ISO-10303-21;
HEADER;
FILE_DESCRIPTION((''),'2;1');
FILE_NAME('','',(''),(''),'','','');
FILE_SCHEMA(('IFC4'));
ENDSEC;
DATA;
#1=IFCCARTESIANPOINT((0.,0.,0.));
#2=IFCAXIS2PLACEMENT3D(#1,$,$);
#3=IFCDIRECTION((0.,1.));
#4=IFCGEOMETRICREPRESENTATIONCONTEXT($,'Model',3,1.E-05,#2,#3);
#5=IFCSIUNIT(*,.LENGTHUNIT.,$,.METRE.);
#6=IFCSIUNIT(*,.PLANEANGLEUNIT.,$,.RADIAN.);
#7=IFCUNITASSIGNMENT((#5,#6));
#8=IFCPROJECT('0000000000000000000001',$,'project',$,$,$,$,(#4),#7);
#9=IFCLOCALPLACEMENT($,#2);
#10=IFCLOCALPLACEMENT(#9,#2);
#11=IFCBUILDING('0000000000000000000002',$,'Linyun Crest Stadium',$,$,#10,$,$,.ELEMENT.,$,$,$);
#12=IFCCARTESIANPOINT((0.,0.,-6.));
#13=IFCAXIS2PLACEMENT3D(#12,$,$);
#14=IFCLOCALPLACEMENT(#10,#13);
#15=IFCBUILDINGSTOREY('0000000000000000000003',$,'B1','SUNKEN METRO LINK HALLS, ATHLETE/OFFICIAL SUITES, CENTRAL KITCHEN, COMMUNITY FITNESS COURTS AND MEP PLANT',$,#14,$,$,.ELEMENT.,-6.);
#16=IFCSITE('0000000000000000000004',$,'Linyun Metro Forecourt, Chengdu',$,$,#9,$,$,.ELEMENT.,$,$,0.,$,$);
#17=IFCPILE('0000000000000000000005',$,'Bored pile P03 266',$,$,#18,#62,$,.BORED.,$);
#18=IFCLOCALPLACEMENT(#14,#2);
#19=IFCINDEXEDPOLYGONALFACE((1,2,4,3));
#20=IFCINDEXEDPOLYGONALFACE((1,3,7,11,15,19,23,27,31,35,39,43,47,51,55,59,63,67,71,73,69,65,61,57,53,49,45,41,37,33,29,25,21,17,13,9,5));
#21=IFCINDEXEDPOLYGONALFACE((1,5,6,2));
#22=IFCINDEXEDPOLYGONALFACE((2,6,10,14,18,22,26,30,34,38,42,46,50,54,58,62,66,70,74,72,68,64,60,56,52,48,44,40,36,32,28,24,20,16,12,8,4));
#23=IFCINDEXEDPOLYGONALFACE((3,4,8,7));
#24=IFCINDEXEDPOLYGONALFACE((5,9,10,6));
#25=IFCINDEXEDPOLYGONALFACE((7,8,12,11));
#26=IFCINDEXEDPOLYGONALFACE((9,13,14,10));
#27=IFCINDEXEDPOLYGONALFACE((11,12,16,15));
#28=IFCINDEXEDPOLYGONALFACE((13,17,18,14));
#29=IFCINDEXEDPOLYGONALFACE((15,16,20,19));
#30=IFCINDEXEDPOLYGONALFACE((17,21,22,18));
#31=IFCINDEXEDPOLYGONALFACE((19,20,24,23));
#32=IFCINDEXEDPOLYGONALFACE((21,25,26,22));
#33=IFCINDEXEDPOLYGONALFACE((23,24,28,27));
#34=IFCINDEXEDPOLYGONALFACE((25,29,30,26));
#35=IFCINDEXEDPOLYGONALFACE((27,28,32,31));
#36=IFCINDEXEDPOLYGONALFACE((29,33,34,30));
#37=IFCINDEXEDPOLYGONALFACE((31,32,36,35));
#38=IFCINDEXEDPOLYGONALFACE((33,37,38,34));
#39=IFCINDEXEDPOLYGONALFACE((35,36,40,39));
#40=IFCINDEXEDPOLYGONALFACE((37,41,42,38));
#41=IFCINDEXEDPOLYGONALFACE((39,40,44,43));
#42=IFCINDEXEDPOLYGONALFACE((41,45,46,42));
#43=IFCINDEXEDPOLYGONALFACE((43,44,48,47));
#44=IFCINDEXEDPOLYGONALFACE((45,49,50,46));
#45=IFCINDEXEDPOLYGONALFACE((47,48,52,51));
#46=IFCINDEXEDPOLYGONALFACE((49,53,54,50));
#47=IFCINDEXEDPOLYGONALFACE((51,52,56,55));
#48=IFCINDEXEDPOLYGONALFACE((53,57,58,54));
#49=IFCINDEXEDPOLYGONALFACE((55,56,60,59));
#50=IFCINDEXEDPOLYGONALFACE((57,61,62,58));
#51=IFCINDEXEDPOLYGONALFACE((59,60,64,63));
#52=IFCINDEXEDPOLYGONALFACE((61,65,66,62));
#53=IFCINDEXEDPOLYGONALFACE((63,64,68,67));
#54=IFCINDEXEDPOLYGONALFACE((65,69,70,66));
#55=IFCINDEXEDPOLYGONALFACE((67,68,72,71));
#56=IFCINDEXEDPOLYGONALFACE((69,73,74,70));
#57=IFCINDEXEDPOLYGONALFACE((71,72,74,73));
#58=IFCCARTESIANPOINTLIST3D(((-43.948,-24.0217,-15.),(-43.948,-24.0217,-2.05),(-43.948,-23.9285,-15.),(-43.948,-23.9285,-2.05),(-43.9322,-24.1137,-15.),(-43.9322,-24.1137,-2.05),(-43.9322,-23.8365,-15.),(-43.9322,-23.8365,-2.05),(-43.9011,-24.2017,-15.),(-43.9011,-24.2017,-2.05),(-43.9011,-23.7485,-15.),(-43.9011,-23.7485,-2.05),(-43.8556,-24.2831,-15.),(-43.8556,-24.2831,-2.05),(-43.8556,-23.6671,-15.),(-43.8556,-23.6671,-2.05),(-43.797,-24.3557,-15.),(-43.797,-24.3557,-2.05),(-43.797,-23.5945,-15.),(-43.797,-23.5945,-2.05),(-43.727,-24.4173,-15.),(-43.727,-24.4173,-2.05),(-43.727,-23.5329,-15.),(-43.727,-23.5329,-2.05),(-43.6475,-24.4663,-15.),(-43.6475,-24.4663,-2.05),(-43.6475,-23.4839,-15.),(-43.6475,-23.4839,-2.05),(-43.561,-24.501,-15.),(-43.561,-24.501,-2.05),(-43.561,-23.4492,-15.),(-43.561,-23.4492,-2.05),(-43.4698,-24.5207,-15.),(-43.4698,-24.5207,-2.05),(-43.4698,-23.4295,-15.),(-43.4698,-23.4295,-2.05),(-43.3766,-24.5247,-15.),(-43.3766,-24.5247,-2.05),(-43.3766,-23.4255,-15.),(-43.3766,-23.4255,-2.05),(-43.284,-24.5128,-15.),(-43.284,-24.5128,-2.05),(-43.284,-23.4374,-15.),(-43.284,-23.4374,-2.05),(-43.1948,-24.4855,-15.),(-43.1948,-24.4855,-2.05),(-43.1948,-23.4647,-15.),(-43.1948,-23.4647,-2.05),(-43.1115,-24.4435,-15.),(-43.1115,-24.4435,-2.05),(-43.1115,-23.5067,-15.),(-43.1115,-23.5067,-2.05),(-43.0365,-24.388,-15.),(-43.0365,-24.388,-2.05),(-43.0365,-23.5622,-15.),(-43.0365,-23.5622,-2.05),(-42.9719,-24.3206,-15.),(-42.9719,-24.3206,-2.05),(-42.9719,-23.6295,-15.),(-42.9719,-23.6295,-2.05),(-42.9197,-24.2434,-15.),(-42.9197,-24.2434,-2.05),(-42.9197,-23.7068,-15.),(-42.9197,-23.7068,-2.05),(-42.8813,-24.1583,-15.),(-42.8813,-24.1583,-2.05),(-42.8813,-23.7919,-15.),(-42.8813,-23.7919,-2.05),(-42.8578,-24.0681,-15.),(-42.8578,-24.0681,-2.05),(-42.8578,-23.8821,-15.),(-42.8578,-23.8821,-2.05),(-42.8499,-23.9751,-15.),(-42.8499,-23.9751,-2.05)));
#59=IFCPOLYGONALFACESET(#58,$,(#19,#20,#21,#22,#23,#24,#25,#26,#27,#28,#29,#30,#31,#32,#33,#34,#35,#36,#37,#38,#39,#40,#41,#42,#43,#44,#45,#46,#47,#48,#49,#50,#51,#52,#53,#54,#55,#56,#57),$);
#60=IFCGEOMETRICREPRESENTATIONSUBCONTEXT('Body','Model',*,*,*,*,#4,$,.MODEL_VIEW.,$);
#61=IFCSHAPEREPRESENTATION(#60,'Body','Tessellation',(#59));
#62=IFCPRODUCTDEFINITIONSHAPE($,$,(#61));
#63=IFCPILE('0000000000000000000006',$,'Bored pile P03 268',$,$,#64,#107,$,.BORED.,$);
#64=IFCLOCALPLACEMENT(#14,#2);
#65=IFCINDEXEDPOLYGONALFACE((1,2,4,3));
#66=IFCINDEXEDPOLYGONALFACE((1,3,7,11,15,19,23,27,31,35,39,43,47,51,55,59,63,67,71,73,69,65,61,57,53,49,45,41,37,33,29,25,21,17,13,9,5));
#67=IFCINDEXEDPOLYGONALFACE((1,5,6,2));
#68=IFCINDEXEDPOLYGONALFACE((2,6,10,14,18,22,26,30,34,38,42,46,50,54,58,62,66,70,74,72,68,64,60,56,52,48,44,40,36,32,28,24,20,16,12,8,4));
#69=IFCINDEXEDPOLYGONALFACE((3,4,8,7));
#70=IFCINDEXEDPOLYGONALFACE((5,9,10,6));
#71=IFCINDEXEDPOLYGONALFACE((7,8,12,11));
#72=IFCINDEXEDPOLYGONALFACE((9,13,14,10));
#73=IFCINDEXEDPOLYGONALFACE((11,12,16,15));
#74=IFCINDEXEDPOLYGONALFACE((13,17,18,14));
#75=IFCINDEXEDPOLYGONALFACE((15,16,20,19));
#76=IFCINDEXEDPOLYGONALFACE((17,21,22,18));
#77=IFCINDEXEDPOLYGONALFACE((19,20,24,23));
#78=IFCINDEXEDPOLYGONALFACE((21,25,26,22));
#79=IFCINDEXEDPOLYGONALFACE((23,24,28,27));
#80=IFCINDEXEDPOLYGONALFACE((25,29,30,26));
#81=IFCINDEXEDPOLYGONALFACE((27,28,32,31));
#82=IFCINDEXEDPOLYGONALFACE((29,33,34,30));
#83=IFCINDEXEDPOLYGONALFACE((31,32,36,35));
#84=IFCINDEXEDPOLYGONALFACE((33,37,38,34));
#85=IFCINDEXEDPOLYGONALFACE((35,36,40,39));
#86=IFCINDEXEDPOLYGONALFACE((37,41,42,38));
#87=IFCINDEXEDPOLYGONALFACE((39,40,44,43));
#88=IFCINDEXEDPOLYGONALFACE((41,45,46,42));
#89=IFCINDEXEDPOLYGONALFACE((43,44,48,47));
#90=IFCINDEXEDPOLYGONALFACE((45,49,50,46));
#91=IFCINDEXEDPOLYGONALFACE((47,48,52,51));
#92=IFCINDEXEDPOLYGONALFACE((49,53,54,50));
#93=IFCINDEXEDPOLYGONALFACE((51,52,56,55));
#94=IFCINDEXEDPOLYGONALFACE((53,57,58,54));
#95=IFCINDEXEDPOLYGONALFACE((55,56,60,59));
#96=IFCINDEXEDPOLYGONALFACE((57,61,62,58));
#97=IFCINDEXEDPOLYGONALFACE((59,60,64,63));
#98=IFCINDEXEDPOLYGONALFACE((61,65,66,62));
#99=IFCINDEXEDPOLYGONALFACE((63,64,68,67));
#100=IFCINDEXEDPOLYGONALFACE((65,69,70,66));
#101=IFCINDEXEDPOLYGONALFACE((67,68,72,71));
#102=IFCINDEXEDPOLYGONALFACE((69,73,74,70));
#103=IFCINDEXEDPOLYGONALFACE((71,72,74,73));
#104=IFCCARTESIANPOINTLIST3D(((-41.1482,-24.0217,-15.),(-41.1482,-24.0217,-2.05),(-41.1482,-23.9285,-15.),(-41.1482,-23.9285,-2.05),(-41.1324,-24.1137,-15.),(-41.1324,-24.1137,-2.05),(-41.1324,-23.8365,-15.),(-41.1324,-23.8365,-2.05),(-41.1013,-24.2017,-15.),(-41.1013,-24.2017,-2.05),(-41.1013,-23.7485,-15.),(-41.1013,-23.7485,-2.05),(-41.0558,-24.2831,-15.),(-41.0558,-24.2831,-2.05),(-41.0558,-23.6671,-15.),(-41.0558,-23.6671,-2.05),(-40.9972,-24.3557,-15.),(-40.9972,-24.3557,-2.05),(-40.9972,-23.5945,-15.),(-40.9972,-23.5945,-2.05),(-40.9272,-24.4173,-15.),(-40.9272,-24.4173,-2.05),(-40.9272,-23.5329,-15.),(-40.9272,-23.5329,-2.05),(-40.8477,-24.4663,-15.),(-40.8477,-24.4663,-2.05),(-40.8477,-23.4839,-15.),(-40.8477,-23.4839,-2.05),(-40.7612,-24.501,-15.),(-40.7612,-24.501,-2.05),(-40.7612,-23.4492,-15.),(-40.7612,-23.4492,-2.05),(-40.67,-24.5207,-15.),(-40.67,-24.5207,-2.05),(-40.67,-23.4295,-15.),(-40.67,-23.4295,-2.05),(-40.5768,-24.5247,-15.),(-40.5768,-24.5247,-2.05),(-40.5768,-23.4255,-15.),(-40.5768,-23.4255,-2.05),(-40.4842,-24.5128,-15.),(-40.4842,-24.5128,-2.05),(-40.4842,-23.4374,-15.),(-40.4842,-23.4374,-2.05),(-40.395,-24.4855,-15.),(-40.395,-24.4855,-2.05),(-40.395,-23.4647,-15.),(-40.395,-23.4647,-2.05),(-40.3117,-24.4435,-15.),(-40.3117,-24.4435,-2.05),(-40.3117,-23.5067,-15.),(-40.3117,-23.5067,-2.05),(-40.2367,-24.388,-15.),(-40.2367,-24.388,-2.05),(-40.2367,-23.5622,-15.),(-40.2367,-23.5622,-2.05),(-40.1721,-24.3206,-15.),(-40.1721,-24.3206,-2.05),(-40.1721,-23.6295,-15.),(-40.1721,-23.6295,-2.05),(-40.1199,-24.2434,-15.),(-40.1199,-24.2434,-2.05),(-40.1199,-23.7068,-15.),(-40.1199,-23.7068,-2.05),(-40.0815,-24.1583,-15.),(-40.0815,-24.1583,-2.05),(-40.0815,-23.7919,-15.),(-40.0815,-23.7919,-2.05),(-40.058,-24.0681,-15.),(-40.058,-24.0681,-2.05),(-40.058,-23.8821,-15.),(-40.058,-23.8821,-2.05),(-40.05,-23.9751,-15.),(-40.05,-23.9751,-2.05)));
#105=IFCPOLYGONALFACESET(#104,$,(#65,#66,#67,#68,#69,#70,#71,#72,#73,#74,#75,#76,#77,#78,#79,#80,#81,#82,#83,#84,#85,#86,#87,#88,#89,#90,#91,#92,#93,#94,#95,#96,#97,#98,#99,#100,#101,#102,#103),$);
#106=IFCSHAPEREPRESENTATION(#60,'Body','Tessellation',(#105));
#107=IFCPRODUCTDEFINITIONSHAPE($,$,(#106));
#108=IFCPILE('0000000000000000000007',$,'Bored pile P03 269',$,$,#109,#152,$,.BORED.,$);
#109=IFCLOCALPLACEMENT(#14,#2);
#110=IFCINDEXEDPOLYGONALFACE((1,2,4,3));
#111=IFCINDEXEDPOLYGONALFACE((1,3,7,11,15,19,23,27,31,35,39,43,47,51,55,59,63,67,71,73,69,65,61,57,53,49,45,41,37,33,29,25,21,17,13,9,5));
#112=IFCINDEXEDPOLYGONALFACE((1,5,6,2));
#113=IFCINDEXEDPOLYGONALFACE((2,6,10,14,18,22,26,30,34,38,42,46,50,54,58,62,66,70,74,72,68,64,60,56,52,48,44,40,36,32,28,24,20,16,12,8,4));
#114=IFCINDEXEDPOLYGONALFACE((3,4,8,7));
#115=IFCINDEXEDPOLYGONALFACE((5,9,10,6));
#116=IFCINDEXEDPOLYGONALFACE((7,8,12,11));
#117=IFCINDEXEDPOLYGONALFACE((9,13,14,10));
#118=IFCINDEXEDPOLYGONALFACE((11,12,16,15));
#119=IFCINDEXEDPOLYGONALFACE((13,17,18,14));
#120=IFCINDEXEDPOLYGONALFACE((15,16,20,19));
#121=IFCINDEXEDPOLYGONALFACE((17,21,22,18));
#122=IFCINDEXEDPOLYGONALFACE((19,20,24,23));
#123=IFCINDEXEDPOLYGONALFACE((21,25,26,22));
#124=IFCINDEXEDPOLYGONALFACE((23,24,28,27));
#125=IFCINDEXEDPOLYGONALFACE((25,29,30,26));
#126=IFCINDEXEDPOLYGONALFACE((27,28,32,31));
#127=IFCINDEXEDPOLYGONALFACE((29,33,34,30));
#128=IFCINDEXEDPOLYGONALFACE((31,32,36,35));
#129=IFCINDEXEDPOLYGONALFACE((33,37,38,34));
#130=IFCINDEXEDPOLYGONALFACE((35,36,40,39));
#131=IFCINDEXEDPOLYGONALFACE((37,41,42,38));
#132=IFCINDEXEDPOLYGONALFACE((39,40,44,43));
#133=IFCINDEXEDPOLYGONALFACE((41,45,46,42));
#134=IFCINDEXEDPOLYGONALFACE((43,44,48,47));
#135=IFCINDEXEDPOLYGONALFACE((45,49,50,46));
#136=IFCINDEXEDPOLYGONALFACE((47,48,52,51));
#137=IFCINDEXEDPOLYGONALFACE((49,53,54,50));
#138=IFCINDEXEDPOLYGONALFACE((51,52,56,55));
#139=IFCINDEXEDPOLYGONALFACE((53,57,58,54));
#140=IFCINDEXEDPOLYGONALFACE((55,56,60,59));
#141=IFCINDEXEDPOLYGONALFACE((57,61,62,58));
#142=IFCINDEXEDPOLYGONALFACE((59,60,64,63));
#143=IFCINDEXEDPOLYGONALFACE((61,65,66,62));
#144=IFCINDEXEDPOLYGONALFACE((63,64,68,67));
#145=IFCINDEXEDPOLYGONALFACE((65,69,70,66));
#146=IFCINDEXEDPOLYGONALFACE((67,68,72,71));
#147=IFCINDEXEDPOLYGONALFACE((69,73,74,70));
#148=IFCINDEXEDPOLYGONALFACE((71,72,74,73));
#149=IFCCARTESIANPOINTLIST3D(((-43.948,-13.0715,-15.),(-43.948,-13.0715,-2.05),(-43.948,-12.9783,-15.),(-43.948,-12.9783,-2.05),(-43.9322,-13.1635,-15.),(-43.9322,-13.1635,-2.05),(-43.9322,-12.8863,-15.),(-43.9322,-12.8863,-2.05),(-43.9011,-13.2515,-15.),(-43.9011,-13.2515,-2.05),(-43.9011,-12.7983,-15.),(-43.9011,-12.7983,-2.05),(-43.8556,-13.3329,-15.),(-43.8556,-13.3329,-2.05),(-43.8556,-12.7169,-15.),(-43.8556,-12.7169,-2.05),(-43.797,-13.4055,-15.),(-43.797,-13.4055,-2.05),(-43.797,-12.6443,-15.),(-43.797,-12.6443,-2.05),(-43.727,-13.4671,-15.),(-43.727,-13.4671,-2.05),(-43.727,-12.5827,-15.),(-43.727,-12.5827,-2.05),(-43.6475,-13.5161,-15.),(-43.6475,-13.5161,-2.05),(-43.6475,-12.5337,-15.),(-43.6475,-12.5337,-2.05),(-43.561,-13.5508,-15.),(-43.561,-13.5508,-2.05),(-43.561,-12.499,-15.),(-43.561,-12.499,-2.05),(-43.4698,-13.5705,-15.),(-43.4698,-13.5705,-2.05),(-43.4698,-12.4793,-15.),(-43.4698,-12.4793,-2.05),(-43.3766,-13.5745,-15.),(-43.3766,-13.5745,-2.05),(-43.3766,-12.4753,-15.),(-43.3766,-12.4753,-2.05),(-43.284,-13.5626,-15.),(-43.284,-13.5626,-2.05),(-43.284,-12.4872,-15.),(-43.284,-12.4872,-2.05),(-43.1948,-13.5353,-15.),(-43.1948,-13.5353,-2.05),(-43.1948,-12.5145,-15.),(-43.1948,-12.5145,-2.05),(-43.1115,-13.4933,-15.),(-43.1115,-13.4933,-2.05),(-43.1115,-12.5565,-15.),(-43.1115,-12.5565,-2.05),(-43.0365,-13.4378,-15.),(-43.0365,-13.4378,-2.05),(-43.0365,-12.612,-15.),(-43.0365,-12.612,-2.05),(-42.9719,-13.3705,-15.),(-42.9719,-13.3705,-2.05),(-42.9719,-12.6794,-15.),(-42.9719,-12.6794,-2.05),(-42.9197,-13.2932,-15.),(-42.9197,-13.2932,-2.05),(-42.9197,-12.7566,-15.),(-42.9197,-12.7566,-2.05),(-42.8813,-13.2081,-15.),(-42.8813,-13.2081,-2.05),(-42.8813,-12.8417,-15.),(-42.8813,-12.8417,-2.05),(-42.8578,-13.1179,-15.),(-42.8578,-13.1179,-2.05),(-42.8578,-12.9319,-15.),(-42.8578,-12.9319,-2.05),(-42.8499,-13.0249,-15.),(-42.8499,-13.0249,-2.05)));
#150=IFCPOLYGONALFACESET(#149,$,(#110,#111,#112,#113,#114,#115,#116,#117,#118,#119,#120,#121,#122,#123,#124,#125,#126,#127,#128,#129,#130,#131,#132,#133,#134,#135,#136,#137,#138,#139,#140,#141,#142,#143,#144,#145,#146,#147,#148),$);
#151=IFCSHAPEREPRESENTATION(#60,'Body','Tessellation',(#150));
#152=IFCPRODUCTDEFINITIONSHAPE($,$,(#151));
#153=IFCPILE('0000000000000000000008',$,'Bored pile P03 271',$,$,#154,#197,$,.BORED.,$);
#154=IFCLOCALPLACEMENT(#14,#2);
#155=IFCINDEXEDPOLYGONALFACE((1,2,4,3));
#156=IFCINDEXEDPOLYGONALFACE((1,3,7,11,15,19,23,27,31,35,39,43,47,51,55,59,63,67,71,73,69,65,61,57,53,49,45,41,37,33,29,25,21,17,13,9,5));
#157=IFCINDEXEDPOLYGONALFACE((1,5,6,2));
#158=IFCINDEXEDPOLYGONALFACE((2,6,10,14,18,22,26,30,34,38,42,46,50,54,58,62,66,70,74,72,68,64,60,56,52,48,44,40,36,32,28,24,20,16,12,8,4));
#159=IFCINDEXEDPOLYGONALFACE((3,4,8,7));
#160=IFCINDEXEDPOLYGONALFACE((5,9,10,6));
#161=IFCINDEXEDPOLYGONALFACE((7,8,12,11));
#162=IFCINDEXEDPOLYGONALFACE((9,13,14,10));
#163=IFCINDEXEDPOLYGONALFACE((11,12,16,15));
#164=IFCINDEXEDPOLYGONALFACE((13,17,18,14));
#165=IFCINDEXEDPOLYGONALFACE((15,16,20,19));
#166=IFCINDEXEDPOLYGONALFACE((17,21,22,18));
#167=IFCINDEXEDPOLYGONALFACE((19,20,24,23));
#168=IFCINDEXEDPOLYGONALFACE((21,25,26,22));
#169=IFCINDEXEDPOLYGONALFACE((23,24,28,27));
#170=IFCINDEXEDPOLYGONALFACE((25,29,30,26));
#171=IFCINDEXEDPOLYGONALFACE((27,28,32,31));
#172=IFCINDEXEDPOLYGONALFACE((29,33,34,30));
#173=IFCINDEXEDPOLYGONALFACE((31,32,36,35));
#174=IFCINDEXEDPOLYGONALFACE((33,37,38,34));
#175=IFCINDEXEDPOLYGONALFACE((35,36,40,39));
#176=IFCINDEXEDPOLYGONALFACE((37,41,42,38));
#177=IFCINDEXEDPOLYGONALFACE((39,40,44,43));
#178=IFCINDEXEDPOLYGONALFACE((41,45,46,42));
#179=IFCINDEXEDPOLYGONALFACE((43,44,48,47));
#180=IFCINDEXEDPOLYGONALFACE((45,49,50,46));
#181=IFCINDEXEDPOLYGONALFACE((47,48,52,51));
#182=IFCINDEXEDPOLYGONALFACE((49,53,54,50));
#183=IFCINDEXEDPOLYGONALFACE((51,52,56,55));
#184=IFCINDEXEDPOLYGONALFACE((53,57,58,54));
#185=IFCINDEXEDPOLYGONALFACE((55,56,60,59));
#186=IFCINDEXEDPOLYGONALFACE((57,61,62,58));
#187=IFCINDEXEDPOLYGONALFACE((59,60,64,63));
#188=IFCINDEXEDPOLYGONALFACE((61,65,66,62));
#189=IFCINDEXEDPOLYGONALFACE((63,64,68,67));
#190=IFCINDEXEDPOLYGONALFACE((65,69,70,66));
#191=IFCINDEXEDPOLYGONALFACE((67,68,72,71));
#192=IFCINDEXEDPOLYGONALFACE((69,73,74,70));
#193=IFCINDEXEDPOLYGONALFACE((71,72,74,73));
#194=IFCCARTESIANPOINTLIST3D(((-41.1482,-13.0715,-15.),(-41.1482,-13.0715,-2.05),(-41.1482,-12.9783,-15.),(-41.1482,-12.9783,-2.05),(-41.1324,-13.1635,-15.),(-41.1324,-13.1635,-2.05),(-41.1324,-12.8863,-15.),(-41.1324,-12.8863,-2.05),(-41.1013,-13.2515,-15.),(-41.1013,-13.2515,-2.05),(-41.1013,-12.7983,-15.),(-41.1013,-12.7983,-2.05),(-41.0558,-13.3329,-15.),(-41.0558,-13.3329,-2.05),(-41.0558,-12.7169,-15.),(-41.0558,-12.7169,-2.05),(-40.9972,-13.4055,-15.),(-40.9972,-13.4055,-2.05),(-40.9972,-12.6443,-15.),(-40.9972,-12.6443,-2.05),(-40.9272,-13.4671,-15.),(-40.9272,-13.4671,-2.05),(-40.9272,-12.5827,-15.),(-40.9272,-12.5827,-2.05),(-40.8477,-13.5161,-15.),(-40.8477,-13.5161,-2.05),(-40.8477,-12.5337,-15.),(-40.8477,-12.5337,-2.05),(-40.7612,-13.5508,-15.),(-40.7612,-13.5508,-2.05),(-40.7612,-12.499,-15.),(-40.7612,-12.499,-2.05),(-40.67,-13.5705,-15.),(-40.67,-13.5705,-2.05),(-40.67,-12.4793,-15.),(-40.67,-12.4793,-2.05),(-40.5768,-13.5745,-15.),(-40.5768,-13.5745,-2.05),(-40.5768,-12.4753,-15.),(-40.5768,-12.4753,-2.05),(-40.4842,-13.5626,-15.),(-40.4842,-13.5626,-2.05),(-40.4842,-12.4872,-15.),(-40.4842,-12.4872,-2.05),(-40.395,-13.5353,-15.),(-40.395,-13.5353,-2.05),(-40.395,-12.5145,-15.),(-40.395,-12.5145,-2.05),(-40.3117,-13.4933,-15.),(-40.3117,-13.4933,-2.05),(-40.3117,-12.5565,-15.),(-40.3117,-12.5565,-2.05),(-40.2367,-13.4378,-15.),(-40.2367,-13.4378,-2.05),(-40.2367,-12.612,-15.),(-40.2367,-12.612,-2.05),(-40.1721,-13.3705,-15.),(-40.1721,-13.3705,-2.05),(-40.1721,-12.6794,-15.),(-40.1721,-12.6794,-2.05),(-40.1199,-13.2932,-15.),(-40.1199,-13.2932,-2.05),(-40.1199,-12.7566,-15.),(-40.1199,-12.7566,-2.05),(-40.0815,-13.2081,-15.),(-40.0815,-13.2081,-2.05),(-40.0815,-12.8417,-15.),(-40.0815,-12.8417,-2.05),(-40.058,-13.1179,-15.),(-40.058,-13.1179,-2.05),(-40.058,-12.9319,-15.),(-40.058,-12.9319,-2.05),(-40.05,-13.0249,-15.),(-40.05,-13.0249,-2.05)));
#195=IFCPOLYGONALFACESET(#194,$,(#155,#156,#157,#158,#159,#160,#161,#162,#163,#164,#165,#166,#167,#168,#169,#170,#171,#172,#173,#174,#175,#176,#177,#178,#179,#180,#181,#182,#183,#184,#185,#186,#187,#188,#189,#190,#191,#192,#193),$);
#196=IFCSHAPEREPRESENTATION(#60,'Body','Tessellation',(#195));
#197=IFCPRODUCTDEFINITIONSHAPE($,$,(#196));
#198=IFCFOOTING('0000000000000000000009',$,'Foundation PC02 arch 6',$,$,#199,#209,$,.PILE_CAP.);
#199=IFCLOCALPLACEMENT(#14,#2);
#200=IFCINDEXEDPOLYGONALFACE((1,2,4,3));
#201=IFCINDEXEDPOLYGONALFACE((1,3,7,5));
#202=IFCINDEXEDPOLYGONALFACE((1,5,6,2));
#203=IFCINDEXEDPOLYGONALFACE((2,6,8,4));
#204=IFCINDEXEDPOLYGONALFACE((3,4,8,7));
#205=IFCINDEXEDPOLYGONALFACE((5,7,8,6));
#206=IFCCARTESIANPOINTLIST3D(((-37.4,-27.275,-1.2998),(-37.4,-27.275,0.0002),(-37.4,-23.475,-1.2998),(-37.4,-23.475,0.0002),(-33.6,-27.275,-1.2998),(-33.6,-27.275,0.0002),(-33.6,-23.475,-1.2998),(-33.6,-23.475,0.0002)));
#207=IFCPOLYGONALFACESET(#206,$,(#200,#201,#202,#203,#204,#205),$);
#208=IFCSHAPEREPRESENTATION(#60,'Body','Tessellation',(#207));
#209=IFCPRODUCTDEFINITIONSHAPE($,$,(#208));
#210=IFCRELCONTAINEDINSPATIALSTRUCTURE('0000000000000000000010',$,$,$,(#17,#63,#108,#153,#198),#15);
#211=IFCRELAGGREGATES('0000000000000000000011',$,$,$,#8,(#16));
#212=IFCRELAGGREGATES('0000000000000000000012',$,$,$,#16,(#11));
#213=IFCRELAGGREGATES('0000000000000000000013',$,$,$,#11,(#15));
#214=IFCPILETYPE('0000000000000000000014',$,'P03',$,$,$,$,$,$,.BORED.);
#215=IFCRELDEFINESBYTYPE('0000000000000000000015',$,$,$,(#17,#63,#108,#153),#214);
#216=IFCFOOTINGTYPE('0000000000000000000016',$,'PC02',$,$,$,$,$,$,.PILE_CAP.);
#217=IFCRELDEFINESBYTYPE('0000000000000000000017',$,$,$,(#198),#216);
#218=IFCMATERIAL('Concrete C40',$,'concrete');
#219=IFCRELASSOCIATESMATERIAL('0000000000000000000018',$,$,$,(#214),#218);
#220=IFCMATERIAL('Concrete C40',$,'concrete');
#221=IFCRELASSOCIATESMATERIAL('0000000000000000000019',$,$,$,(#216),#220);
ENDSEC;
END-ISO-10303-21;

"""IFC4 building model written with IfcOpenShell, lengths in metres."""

from ifc_helpers import new_model, si_unit, direction, frame, origin, origin_2d, place, context, subcontext, project, spatial, rectangle, circle, extrude, material, material_profile, profile_set, type_object, element, save


model = new_model("IFC4")

# Units and contexts
model_context = context("Model", 3, precision=1e-05, world=origin(), true_north=direction((0.0, 1.0)))
body_context = subcontext(model_context, "Body", "Model", "MODEL_VIEW")
ifc_project = project(units=[si_unit("LENGTHUNIT", "METRE"), si_unit("PLANEANGLEUNIT", "RADIAN")], contexts=[model_context])

# Site, building, storey
site_placement = place(None, origin())
site = spatial("IfcSite", under=ifc_project, at=site_placement, Name="Linyun Metro Forecourt, Chengdu", CompositionType="ELEMENT", RefElevation=0.0)
building_placement = place(site_placement, origin())
building = spatial("IfcBuilding", under=site, at=building_placement, Name="Linyun Crest Stadium", CompositionType="ELEMENT")
storey_placement = place(building_placement, frame((0.0, 0.0, -6.0)))
storey = spatial("IfcBuildingStorey", under=building, at=storey_placement, Name="B1", Description="SUNKEN METRO LINK HALLS, ATHLETE/OFFICIAL SUITES, CENTRAL KITCHEN, COMMUNITY FITNESS COURTS AND MEP PLANT", CompositionType="ELEMENT", Elevation=-6.0)

# Piles
ifc_material_1 = material(Name="Concrete C40", Category="concrete")
ifc_material_profile_1 = material_profile(ifc_material_1, circle(Radius=0.55, at=origin_2d()), Name="BORED PILE 1100")
ifc_profile_set_1 = profile_set([ifc_material_profile_1], Name="Concrete C40")
pile_type_1 = type_object("IfcPileType", Name="P03", PredefinedType="BORED", material=ifc_profile_set_1)
for number, where, z_axis, x_axis, name in (
    (1, (-43.3999, -23.9751, -2.05), (0.0, 0.0, -1.0), (1.0, 0.0, 0.0), "Bored pile P03 266"),
    (2, (-40.6001, -23.9751, -2.05), (0.0, 0.0, -1.0), (1.0, 0.0, 0.0), "Bored pile P03 268"),
    (3, (-43.3999, -13.0249, -2.05), (0.0, 0.0, -1.0), (1.0, 0.0, 0.0), "Bored pile P03 269"),
    (4, (-40.6001, -13.0249, -2.05), (0.0, 0.0, -1.0), (1.0, 0.0, 0.0), "Bored pile P03 271"),
):
    element("IfcPile", number, at=place(storey_placement, frame(where, z_axis=z_axis, x_axis=x_axis)), inside=storey, type_object=pile_type_1, Name=name, PredefinedType="BORED", context=body_context, shape_type="SweptSolid", body=[
        extrude(circle(Radius=0.55, at=origin_2d()), origin(), (0.0, 0.0, 1.0), 12.95),
    ])

# Footing
ifc_material_2 = material(Name="Concrete C40", Category="concrete")
footing_type_1 = type_object("IfcFootingType", Name="PC02", PredefinedType="PILE_CAP", material=ifc_material_2)
footing_placement = place(storey_placement, frame((-35.5, -25.375, -1.2998), z_axis=(0.0, 0.0, 1.0), x_axis=(1.0, 0.0, 0.0)))
element("IfcFooting", 5, at=footing_placement, inside=storey, type_object=footing_type_1, Name="Foundation PC02 arch 6", PredefinedType="PILE_CAP", context=body_context, shape_type="SweptSolid", body=[
    extrude(rectangle(XDim=3.8, YDim=3.8, at=origin_2d()), origin(), (0.0, 0.0, 1.0), 1.3),
])

save(model, "model.ifc")
